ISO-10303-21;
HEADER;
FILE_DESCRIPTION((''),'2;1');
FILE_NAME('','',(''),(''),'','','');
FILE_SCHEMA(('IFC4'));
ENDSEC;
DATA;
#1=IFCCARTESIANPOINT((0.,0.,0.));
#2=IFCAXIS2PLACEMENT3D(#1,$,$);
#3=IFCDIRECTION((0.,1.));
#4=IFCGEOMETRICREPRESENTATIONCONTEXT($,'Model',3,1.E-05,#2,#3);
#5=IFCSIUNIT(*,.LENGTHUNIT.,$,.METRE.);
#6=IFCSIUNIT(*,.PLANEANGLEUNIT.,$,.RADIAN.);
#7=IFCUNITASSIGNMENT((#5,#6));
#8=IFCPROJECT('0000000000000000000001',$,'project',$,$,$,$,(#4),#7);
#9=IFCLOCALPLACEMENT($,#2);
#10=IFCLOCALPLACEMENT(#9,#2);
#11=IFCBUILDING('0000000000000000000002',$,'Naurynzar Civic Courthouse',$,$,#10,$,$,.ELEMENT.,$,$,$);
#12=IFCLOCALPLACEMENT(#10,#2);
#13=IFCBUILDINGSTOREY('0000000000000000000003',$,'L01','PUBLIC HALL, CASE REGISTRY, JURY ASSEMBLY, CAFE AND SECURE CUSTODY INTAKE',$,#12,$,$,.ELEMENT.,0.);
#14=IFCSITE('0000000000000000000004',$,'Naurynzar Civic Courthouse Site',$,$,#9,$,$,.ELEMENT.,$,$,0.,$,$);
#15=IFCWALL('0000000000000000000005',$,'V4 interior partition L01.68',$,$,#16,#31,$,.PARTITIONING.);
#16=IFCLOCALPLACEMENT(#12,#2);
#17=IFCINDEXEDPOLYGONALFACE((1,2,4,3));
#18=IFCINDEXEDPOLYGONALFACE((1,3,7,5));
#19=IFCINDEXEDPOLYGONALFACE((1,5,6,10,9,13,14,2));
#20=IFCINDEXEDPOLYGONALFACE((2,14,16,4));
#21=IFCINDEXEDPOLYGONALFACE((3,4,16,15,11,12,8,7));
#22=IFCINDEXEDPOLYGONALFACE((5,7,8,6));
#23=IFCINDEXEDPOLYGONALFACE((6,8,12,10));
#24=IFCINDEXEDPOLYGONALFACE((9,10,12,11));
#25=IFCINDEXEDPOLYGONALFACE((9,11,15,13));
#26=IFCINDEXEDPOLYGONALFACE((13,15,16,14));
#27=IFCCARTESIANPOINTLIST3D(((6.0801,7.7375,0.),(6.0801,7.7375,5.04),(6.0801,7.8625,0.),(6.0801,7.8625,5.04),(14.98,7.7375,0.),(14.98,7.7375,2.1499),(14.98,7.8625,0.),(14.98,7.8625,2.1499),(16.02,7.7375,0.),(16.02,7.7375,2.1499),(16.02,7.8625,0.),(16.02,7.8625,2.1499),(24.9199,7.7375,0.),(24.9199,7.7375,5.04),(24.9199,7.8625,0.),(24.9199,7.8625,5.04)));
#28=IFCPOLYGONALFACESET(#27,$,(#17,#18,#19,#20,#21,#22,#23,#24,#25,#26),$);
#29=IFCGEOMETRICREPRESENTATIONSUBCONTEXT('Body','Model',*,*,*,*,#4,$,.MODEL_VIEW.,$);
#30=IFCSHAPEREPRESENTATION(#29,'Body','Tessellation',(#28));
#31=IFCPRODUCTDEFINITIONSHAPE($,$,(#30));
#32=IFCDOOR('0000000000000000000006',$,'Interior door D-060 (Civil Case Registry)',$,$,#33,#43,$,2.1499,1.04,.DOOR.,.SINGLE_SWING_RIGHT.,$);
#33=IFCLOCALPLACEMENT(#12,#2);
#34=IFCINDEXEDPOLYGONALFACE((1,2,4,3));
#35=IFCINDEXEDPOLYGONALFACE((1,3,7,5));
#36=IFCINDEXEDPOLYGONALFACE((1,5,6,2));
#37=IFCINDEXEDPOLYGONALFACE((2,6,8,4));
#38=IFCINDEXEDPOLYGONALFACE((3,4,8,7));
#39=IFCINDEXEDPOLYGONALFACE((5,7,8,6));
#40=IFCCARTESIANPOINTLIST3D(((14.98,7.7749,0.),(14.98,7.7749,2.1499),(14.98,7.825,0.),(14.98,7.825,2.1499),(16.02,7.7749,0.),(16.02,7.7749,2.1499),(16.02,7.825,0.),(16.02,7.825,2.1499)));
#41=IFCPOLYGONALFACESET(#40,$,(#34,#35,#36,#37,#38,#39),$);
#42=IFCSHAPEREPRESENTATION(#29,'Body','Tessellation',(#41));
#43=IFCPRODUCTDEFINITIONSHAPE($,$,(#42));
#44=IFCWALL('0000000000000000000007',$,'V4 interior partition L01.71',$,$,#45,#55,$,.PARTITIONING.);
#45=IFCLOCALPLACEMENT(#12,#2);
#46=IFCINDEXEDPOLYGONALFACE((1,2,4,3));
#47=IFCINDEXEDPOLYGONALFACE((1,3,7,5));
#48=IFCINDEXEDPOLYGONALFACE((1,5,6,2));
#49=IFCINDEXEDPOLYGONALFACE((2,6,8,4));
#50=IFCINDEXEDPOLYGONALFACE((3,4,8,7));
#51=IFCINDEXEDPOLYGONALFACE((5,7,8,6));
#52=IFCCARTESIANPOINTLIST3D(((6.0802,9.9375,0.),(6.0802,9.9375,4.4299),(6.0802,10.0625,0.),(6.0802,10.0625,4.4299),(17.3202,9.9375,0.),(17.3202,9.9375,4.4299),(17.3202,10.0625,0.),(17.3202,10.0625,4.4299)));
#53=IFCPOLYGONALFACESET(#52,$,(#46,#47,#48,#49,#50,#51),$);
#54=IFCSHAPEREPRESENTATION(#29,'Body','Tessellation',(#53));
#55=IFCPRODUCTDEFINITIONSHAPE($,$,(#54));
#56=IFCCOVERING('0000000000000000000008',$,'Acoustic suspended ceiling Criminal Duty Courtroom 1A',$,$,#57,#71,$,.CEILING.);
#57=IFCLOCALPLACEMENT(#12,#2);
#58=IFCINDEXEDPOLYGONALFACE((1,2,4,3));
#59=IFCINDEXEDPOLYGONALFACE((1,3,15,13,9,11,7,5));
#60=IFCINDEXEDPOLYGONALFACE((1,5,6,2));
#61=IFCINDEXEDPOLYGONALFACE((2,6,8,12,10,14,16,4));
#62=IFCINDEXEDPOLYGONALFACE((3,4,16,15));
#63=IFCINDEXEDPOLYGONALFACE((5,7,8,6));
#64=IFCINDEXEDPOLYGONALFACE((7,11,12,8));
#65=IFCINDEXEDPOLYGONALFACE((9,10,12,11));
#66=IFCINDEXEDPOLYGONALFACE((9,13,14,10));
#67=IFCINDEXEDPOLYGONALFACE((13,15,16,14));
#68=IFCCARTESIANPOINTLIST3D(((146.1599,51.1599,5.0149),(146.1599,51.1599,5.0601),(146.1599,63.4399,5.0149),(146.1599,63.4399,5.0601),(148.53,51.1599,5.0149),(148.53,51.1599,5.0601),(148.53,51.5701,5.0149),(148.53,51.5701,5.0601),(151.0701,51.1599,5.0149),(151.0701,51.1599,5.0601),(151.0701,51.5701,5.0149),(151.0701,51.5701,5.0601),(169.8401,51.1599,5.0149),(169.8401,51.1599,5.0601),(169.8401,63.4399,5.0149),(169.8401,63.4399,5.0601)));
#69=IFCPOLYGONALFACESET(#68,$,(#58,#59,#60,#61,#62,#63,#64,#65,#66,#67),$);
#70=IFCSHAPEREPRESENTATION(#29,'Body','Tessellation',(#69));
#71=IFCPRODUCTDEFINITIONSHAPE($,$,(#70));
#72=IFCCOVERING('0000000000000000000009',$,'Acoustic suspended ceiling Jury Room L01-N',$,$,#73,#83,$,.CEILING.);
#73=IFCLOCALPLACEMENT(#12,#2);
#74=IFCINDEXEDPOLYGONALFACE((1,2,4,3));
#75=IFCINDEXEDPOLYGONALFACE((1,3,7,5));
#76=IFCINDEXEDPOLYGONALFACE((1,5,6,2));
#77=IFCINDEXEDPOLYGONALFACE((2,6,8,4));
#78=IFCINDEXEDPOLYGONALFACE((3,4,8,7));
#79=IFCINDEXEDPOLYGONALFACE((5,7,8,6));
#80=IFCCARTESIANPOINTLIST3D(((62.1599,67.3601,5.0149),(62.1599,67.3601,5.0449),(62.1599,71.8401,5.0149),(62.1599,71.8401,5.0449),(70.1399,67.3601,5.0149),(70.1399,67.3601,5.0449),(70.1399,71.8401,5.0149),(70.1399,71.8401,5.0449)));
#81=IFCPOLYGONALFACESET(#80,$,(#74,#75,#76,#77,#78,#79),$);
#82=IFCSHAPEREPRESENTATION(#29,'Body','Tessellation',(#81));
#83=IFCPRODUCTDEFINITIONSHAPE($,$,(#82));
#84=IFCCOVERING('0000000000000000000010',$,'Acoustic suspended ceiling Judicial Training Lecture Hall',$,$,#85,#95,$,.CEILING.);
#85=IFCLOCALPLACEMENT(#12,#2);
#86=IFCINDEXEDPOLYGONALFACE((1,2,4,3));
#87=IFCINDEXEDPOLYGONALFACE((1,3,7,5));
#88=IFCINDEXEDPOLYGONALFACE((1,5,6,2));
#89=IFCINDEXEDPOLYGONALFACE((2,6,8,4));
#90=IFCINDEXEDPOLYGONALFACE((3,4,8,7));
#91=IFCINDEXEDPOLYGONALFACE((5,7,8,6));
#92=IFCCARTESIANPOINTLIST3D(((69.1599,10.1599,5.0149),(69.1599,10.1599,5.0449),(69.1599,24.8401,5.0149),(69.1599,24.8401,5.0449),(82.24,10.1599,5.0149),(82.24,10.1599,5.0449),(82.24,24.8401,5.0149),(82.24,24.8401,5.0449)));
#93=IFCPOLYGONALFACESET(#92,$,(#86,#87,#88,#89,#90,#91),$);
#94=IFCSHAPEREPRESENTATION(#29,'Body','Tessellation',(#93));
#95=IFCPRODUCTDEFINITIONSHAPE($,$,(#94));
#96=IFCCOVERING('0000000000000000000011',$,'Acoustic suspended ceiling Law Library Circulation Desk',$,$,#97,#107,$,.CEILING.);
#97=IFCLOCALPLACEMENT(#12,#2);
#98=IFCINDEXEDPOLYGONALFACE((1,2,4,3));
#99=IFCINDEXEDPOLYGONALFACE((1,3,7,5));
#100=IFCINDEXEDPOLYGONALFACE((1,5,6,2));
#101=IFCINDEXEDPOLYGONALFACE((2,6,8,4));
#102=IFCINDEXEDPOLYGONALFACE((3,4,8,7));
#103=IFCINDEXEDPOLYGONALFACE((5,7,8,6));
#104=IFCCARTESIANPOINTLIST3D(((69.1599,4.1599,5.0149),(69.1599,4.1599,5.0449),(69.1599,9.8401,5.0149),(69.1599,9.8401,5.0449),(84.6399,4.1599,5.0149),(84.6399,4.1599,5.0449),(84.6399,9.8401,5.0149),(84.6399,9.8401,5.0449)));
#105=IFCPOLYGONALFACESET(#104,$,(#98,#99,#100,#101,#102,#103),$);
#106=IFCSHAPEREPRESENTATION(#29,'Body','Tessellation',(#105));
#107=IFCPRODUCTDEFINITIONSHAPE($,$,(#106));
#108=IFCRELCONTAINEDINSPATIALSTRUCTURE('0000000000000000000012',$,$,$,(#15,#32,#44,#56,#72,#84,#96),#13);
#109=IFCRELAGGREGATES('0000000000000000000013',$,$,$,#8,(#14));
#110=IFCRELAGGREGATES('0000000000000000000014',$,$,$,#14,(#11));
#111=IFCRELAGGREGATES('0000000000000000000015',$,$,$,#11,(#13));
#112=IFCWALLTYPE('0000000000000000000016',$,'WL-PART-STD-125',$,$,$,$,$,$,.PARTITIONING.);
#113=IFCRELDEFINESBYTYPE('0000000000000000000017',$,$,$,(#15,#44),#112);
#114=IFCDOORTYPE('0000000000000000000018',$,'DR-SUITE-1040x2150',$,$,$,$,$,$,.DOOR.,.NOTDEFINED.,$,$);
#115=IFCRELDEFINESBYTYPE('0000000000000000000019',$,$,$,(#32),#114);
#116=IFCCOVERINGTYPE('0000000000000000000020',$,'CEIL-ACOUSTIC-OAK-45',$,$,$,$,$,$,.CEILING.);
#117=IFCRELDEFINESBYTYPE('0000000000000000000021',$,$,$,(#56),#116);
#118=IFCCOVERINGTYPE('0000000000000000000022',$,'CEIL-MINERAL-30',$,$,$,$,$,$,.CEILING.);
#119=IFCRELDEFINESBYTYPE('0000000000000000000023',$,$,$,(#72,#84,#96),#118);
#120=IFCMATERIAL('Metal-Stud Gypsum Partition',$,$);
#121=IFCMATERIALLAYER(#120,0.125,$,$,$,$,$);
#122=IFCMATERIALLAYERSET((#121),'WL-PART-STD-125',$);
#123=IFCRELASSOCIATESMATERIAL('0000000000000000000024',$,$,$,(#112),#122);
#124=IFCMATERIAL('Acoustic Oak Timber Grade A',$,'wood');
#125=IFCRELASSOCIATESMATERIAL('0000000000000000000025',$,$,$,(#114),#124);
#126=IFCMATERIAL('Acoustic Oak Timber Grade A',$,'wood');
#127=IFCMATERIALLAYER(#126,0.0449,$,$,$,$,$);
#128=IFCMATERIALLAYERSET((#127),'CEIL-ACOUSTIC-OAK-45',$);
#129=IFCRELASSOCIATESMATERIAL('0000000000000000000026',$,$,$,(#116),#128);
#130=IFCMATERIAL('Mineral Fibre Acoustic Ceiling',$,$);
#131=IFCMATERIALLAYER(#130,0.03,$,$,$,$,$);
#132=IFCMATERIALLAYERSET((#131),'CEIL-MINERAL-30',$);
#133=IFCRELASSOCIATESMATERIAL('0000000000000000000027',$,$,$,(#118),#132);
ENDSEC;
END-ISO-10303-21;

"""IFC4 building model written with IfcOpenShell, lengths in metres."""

from ifc_helpers import new_model, si_unit, direction, frame, frame_2d, origin, place, context, subcontext, project, spatial, polyline, rectangle, outline, extrude, material, layer, layer_set, type_object, element, fill, save


model = new_model("IFC4")

# Units and contexts
model_context = context("Model", 3, precision=1e-05, world=origin(), true_north=direction((0.0, 1.0)))
body_context = subcontext(model_context, "Body", "Model", "MODEL_VIEW")
ifc_project = project(units=[si_unit("LENGTHUNIT", "METRE"), si_unit("PLANEANGLEUNIT", "RADIAN")], contexts=[model_context])

# Site, building, storey
site_placement = place(None, origin())
site = spatial("IfcSite", under=ifc_project, at=site_placement, Name="Naurynzar Civic Courthouse Site", CompositionType="ELEMENT", RefElevation=0.0)
building_placement = place(site_placement, origin())
building = spatial("IfcBuilding", under=site, at=building_placement, Name="Naurynzar Civic Courthouse", CompositionType="ELEMENT")
storey_placement = place(building_placement, origin())
storey = spatial("IfcBuildingStorey", under=building, at=storey_placement, Name="L01", Description="PUBLIC HALL, CASE REGISTRY, JURY ASSEMBLY, CAFE AND SECURE CUSTODY INTAKE", CompositionType="ELEMENT", Elevation=0.0)

# Wall, opening, door
ifc_material_1 = material(Name="Metal-Stud Gypsum Partition")
ifc_layer_1 = layer(ifc_material_1, 0.125)
ifc_layer_set_1 = layer_set([ifc_layer_1], Name="WL-PART-STD-125")
wall_type_1 = type_object("IfcWallType", Name="WL-PART-STD-125", PredefinedType="PARTITIONING", material=ifc_layer_set_1)
wall_1_placement = place(storey_placement, frame((6.0801, 7.8, 0.0), z_axis=(0.0, 0.0, 1.0), x_axis=(1.0, 0.0, 0.0)))
wall_1 = element("IfcWall", 1, at=wall_1_placement, inside=storey, type_object=wall_type_1, Name="V4 interior partition L01.68", PredefinedType="PARTITIONING", context=body_context, shape_type="SweptSolid", body=[
    extrude(rectangle(XDim=18.8398, YDim=0.125, at=frame_2d((9.4199, 0.0))), origin(), (0.0, 0.0, 1.0), 5.04),
])
opening_1_placement = place(wall_1_placement, frame((8.8999, 0.0, 0.0)))
opening_1 = element("IfcOpeningElement", 2, at=opening_1_placement, cuts=wall_1, PredefinedType="OPENING", context=body_context, shape_type="SweptSolid", body=[
    extrude(rectangle(XDim=1.04, YDim=2.1499, at=frame_2d((0.52, 1.075))), frame((0.0, 0.0725, 0.0), z_axis=(0.0, -1.0, 0.0), x_axis=(1.0, 0.0, 0.0)), (0.0, 0.0, 1.0), 0.145),
])
ifc_material_2 = material(Name="Acoustic Oak Timber Grade A", Category="wood")
door_type_1 = type_object("IfcDoorType", Name="DR-SUITE-1040x2150", OperationType="NOTDEFINED", PredefinedType="DOOR", material=ifc_material_2)
door_1_placement = place(opening_1_placement, origin())
door_1 = element("IfcDoor", 3, at=door_1_placement, inside=storey, type_object=door_type_1, Name="Interior door D-060 (Civil Case Registry)", OperationType="SINGLE_SWING_RIGHT", OverallHeight=2.1499, OverallWidth=1.04, PredefinedType="DOOR", context=body_context, shape_type="SweptSolid", body=[
    extrude(rectangle(XDim=1.04, YDim=2.1499, at=frame_2d((0.52, 1.075))), frame((0.0, 0.0249, 0.0), z_axis=(0.0, -1.0, 0.0), x_axis=(1.0, 0.0, 0.0)), (0.0, 0.0, 1.0), 0.05),
])
fill(opening_1, door_1)

# Wall
wall_2_placement = place(storey_placement, frame((6.0801, 10.0, 0.0), z_axis=(0.0, 0.0, 1.0), x_axis=(1.0, 0.0, 0.0)))
element("IfcWall", 4, at=wall_2_placement, inside=storey, type_object=wall_type_1, Name="V4 interior partition L01.71", PredefinedType="PARTITIONING", context=body_context, shape_type="SweptSolid", body=[
    extrude(rectangle(XDim=11.24, YDim=0.125, at=frame_2d((5.6201, 0.0))), origin(), (0.0, 0.0, 1.0), 4.4299),
])

# Coverings
ifc_material_3 = material(Name="Acoustic Oak Timber Grade A", Category="wood")
ifc_layer_2 = layer(ifc_material_3, 0.0449)
ifc_layer_set_2 = layer_set([ifc_layer_2], Name="CEIL-ACOUSTIC-OAK-45")
covering_type_1 = type_object("IfcCoveringType", Name="CEIL-ACOUSTIC-OAK-45", PredefinedType="CEILING", material=ifc_layer_set_2)
covering_1_placement = place(storey_placement, frame((0.0, 0.0, 5.0149)))
element("IfcCovering", 5, at=covering_1_placement, inside=storey, type_object=covering_type_1, Name="Acoustic suspended ceiling Criminal Duty Courtroom 1A", PredefinedType="CEILING", context=body_context, shape_type="SweptSolid", body=[
    extrude(outline(polyline([(151.0701, 51.1599), (151.0701, 51.5701), (148.53, 51.5701), (148.53, 51.1599), (146.1599, 51.1599), (146.1599, 63.4399), (169.8401, 63.4399), (169.8401, 51.1599), (151.0701, 51.1599)])), origin(), (0.0, 0.0, 1.0), 0.0452),
])
ifc_material_4 = material(Name="Mineral Fibre Acoustic Ceiling")
ifc_layer_3 = layer(ifc_material_4, 0.03)
ifc_layer_set_3 = layer_set([ifc_layer_3], Name="CEIL-MINERAL-30")
covering_type_2 = type_object("IfcCoveringType", Name="CEIL-MINERAL-30", PredefinedType="CEILING", material=ifc_layer_set_3)
covering_2_placement = place(storey_placement, frame((0.0, 0.0, 5.0149)))
element("IfcCovering", 6, at=covering_2_placement, inside=storey, type_object=covering_type_2, Name="Acoustic suspended ceiling Jury Room L01-N", PredefinedType="CEILING", context=body_context, shape_type="SweptSolid", body=[
    extrude(outline(polyline([(70.1399, 67.3601), (62.1599, 67.3601), (62.1599, 71.8401), (70.1399, 71.8401), (70.1399, 67.3601)])), origin(), (0.0, 0.0, 1.0), 0.03),
])
covering_3_placement = place(storey_placement, frame((0.0, 0.0, 5.0149)))
element("IfcCovering", 7, at=covering_3_placement, inside=storey, type_object=covering_type_2, Name="Acoustic suspended ceiling Judicial Training Lecture Hall", PredefinedType="CEILING", context=body_context, shape_type="SweptSolid", body=[
    extrude(outline(polyline([(82.24, 10.1599), (69.1599, 10.1599), (69.1599, 24.8401), (82.24, 24.8401), (82.24, 10.1599)])), origin(), (0.0, 0.0, 1.0), 0.03),
])
covering_4_placement = place(storey_placement, frame((0.0, 0.0, 5.0149)))
element("IfcCovering", 8, at=covering_4_placement, inside=storey, type_object=covering_type_2, Name="Acoustic suspended ceiling Law Library Circulation Desk", PredefinedType="CEILING", context=body_context, shape_type="SweptSolid", body=[
    extrude(outline(polyline([(84.6399, 4.1599), (69.1599, 4.1599), (69.1599, 9.8401), (84.6399, 9.8401), (84.6399, 4.1599)])), origin(), (0.0, 0.0, 1.0), 0.03),
])

save(model, "model.ifc")
